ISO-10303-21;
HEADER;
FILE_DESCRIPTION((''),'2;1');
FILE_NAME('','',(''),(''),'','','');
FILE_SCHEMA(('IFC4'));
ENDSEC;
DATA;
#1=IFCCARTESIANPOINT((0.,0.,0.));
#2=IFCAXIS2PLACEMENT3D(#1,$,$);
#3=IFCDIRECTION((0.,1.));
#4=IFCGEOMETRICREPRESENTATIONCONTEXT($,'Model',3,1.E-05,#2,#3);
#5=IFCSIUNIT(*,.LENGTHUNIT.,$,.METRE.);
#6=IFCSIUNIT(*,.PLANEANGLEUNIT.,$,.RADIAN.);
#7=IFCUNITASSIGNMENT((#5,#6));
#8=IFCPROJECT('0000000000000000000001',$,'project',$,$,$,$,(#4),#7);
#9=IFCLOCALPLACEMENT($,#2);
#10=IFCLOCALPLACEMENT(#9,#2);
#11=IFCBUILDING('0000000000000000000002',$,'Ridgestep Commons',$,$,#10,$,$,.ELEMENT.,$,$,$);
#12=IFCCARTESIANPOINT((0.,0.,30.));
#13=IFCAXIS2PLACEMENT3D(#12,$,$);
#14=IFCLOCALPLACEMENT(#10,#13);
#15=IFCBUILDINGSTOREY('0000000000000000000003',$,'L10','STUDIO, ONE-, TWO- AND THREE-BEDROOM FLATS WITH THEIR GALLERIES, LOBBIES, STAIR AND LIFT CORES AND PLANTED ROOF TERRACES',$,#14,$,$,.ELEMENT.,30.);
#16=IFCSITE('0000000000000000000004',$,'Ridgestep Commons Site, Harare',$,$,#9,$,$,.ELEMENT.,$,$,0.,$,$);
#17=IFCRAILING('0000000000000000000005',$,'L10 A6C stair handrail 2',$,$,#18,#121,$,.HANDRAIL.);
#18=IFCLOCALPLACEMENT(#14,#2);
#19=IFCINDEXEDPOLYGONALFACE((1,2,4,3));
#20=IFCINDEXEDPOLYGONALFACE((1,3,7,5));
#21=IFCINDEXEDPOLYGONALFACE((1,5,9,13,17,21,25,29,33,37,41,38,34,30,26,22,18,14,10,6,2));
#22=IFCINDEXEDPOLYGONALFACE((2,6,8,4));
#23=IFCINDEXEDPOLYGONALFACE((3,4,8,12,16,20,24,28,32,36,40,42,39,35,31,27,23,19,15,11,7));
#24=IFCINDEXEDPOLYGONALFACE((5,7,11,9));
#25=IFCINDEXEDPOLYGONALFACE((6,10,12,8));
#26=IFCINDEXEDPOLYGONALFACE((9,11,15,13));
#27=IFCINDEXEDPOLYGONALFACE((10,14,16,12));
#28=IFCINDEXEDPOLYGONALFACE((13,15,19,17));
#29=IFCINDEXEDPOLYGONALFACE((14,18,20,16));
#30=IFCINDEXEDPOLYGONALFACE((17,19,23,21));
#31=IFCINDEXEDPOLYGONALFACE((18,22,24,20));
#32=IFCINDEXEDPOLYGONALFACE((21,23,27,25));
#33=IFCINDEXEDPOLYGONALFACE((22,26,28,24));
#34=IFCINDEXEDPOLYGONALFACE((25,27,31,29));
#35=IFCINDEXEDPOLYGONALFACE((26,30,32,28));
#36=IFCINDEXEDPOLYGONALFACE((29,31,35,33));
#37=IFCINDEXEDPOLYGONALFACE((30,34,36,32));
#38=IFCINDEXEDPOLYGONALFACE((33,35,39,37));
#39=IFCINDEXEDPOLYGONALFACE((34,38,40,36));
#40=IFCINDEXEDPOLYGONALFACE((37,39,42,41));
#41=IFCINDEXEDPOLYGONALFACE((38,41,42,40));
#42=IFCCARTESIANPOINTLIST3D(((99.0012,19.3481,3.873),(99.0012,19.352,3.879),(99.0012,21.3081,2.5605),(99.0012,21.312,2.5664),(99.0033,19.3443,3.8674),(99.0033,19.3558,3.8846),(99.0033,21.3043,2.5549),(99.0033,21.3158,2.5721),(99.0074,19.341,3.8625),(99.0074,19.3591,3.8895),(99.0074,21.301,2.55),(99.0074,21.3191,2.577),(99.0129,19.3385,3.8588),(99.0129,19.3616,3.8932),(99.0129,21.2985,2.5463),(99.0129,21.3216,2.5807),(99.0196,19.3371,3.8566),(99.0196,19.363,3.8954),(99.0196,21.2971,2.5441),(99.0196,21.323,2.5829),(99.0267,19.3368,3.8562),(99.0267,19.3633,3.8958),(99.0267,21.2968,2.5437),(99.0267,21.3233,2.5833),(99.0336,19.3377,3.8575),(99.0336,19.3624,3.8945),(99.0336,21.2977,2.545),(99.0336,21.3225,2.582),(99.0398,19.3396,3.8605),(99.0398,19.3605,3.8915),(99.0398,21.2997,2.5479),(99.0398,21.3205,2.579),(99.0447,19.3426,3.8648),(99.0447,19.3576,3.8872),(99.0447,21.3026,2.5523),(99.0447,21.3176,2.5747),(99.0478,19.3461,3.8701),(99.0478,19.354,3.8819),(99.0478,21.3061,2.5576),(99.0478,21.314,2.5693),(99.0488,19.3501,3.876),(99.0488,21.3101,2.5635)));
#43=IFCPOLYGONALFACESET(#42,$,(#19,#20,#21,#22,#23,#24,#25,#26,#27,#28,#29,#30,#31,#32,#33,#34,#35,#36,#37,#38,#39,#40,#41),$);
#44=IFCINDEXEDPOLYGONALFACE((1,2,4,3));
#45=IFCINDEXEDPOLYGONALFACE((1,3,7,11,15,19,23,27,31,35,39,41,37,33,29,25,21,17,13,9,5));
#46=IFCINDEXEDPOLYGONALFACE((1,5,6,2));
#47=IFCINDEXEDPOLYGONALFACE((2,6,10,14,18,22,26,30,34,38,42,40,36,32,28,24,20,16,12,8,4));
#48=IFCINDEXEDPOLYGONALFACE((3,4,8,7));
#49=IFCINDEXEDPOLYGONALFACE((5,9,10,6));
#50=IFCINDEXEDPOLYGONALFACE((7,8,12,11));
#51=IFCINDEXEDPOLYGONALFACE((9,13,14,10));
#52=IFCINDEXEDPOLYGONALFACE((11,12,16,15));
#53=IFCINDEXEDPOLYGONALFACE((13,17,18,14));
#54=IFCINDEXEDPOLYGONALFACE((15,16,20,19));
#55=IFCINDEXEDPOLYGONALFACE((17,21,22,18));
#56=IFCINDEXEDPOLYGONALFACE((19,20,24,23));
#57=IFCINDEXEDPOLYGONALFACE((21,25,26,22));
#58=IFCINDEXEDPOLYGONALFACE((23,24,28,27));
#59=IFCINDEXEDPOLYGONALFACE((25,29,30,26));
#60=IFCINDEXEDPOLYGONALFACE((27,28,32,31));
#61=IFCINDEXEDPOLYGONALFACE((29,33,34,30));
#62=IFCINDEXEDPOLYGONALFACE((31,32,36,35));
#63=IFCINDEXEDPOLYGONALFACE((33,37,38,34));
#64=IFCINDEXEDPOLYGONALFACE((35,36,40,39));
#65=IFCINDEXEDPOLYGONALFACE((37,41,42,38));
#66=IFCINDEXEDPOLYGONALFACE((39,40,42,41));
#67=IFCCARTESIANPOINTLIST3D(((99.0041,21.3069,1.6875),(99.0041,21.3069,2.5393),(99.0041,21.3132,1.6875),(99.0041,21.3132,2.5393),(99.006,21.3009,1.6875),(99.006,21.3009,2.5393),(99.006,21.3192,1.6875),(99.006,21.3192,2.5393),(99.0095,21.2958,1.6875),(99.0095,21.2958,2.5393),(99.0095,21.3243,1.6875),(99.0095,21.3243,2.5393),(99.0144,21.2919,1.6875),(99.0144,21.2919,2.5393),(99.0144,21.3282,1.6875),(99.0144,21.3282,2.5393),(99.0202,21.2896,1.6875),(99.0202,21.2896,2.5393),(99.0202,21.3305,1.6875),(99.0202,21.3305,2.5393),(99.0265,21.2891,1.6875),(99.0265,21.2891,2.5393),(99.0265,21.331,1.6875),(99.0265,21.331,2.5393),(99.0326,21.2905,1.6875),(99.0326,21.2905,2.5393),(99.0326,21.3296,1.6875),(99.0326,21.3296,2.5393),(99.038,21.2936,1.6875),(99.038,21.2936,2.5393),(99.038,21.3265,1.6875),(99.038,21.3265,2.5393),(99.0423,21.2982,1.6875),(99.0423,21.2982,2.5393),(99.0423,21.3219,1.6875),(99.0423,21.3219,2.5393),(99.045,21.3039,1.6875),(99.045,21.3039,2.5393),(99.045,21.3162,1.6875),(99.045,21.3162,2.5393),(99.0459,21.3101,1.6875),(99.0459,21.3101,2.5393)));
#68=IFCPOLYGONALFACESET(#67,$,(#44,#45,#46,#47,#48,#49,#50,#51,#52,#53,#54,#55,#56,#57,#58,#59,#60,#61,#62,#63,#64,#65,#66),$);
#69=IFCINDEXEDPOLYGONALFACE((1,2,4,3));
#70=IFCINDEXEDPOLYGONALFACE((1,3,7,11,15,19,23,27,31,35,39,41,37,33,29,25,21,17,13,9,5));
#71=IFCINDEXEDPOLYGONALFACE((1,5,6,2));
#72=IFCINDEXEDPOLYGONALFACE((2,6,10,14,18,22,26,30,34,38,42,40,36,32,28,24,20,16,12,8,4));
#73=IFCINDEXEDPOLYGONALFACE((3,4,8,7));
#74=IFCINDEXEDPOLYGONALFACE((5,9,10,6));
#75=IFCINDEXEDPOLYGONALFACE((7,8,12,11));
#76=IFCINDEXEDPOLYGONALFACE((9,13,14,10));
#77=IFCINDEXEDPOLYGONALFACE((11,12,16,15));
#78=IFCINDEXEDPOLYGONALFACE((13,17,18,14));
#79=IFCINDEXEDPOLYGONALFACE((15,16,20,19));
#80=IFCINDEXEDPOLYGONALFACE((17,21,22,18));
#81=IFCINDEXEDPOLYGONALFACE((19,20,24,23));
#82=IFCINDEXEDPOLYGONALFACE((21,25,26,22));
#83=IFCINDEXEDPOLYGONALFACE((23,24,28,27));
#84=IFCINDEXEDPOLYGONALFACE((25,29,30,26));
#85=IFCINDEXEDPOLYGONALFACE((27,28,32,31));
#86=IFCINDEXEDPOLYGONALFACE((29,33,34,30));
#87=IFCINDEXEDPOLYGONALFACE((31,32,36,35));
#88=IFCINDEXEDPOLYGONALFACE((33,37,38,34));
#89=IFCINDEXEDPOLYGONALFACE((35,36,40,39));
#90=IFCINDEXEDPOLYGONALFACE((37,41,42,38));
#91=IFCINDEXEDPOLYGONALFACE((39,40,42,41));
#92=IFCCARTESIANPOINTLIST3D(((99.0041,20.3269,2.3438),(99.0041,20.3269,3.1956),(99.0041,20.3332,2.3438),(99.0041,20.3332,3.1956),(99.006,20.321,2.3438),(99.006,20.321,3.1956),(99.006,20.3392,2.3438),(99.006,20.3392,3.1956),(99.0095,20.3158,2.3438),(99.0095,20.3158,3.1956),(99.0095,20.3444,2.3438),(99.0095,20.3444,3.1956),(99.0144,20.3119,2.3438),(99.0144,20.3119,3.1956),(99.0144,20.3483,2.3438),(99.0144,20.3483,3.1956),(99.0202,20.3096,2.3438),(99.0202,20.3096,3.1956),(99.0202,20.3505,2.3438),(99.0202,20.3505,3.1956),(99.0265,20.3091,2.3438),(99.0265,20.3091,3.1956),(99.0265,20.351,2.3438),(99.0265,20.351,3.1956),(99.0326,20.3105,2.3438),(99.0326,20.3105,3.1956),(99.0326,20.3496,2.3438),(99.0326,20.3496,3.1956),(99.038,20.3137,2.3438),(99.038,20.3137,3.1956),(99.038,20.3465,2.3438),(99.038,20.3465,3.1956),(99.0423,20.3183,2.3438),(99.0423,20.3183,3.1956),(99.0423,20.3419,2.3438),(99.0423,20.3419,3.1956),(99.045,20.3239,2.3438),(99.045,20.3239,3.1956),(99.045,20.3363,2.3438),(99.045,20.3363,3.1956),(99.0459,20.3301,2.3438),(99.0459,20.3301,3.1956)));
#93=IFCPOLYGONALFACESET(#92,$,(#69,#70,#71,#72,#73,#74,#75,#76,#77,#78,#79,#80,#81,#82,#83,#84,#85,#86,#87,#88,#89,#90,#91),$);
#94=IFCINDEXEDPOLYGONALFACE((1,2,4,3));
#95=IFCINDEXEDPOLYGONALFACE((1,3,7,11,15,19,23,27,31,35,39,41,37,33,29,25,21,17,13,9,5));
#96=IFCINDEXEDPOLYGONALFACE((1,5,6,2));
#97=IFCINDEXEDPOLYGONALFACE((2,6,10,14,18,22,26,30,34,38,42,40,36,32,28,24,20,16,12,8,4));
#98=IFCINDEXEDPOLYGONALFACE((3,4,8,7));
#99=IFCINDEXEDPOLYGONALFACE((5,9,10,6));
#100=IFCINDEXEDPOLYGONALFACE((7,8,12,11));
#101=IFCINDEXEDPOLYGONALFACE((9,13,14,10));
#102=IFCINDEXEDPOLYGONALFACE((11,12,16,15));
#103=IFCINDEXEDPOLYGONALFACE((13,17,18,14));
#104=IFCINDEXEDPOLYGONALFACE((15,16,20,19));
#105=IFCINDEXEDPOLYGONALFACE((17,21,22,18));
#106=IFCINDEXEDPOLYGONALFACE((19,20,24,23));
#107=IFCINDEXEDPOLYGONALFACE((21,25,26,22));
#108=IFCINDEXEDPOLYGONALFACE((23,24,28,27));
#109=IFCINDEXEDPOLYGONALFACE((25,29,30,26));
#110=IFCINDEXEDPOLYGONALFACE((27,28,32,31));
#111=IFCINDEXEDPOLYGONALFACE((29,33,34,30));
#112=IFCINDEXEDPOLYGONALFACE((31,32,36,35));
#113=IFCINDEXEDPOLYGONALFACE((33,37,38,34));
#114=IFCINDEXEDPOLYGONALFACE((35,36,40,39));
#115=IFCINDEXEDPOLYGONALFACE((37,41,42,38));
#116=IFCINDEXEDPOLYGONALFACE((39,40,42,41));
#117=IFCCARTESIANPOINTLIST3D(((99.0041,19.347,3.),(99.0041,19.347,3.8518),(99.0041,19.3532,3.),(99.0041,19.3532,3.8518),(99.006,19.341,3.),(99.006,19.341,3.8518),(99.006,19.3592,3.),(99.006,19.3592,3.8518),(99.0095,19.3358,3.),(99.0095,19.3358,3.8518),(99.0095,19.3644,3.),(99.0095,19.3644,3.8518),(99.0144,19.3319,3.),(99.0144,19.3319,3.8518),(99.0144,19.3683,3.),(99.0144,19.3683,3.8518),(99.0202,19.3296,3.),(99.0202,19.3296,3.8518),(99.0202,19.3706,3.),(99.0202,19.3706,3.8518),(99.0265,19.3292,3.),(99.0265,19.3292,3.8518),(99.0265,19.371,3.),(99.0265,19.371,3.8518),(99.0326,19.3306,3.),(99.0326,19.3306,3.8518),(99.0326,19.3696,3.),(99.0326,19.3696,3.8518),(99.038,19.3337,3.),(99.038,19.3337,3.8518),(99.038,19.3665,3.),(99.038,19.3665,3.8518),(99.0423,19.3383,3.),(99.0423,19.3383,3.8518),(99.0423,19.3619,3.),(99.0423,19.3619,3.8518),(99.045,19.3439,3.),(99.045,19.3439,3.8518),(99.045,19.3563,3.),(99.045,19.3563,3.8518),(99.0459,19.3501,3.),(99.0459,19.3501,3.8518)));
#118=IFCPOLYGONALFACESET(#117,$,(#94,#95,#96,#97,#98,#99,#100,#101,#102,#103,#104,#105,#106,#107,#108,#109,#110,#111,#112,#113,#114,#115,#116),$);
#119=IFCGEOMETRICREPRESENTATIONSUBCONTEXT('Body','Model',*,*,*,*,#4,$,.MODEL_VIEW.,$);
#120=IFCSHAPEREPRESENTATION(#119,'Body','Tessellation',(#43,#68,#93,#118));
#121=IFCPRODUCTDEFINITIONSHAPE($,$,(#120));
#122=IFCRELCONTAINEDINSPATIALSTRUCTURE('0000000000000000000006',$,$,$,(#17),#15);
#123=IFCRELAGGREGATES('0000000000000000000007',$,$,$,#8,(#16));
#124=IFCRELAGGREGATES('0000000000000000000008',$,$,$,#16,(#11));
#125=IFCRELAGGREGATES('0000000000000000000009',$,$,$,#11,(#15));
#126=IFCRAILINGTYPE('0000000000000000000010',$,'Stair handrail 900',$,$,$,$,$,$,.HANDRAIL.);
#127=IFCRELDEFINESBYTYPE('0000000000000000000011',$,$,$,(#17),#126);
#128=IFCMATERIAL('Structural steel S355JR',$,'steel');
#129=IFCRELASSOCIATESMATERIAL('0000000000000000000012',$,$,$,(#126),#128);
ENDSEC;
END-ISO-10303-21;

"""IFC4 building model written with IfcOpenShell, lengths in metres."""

from ifc_helpers import new_model, si_unit, direction, frame, origin, origin_2d, place, context, subcontext, project, spatial, circle, extrude, material, type_object, element, save


model = new_model("IFC4")

# Units and contexts
model_context = context("Model", 3, precision=1e-05, world=origin(), true_north=direction((0.0, 1.0)))
body_context = subcontext(model_context, "Body", "Model", "MODEL_VIEW")
ifc_project = project(units=[si_unit("LENGTHUNIT", "METRE"), si_unit("PLANEANGLEUNIT", "RADIAN")], contexts=[model_context])

# Site, building, storey
site_placement = place(None, origin())
site = spatial("IfcSite", under=ifc_project, at=site_placement, Name="Ridgestep Commons Site, Harare", CompositionType="ELEMENT", RefElevation=0.0)
building_placement = place(site_placement, origin())
building = spatial("IfcBuilding", under=site, at=building_placement, Name="Ridgestep Commons", CompositionType="ELEMENT")
storey_placement = place(building_placement, frame((0.0, 0.0, 30.0)))
storey = spatial("IfcBuildingStorey", under=building, at=storey_placement, Name="L10", Description="STUDIO, ONE-, TWO- AND THREE-BEDROOM FLATS WITH THEIR GALLERIES, LOBBIES, STAIR AND LIFT CORES AND PLANTED ROOF TERRACES", CompositionType="ELEMENT", Elevation=30.0)

# Railing
ifc_material_1 = material(Name="Structural steel S355JR", Category="steel")
railing_type_1 = type_object("IfcRailingType", Name="Stair handrail 900", PredefinedType="HANDRAIL", material=ifc_material_1)
railing_1_placement = place(storey_placement, frame((99.0249, 21.3101, 1.6875)))
element("IfcRailing", 1, at=railing_1_placement, inside=storey, type_object=railing_type_1, Name="L10 A6C stair handrail 2", PredefinedType="HANDRAIL", context=body_context, shape_type="SweptSolid", body=[
    extrude(circle(Radius=0.0239, at=origin_2d()), frame((0.0, 0.0, 0.876), z_axis=(0.0, -0.830902, 0.556419), x_axis=(1.0, 0.0, 0.0)), (0.0, 0.0, 1.0), 2.3589),
    extrude(circle(Radius=0.021, at=origin_2d()), origin(), (0.0, 0.0, 1.0), 0.8518),
    extrude(circle(Radius=0.021, at=origin_2d()), frame((0.0, -0.98, 0.6562)), (0.0, 0.0, 1.0), 0.8518),
    extrude(circle(Radius=0.021, at=origin_2d()), frame((0.0, -1.96, 1.3125)), (0.0, 0.0, 1.0), 0.8518),
])

save(model, "model.ifc")
